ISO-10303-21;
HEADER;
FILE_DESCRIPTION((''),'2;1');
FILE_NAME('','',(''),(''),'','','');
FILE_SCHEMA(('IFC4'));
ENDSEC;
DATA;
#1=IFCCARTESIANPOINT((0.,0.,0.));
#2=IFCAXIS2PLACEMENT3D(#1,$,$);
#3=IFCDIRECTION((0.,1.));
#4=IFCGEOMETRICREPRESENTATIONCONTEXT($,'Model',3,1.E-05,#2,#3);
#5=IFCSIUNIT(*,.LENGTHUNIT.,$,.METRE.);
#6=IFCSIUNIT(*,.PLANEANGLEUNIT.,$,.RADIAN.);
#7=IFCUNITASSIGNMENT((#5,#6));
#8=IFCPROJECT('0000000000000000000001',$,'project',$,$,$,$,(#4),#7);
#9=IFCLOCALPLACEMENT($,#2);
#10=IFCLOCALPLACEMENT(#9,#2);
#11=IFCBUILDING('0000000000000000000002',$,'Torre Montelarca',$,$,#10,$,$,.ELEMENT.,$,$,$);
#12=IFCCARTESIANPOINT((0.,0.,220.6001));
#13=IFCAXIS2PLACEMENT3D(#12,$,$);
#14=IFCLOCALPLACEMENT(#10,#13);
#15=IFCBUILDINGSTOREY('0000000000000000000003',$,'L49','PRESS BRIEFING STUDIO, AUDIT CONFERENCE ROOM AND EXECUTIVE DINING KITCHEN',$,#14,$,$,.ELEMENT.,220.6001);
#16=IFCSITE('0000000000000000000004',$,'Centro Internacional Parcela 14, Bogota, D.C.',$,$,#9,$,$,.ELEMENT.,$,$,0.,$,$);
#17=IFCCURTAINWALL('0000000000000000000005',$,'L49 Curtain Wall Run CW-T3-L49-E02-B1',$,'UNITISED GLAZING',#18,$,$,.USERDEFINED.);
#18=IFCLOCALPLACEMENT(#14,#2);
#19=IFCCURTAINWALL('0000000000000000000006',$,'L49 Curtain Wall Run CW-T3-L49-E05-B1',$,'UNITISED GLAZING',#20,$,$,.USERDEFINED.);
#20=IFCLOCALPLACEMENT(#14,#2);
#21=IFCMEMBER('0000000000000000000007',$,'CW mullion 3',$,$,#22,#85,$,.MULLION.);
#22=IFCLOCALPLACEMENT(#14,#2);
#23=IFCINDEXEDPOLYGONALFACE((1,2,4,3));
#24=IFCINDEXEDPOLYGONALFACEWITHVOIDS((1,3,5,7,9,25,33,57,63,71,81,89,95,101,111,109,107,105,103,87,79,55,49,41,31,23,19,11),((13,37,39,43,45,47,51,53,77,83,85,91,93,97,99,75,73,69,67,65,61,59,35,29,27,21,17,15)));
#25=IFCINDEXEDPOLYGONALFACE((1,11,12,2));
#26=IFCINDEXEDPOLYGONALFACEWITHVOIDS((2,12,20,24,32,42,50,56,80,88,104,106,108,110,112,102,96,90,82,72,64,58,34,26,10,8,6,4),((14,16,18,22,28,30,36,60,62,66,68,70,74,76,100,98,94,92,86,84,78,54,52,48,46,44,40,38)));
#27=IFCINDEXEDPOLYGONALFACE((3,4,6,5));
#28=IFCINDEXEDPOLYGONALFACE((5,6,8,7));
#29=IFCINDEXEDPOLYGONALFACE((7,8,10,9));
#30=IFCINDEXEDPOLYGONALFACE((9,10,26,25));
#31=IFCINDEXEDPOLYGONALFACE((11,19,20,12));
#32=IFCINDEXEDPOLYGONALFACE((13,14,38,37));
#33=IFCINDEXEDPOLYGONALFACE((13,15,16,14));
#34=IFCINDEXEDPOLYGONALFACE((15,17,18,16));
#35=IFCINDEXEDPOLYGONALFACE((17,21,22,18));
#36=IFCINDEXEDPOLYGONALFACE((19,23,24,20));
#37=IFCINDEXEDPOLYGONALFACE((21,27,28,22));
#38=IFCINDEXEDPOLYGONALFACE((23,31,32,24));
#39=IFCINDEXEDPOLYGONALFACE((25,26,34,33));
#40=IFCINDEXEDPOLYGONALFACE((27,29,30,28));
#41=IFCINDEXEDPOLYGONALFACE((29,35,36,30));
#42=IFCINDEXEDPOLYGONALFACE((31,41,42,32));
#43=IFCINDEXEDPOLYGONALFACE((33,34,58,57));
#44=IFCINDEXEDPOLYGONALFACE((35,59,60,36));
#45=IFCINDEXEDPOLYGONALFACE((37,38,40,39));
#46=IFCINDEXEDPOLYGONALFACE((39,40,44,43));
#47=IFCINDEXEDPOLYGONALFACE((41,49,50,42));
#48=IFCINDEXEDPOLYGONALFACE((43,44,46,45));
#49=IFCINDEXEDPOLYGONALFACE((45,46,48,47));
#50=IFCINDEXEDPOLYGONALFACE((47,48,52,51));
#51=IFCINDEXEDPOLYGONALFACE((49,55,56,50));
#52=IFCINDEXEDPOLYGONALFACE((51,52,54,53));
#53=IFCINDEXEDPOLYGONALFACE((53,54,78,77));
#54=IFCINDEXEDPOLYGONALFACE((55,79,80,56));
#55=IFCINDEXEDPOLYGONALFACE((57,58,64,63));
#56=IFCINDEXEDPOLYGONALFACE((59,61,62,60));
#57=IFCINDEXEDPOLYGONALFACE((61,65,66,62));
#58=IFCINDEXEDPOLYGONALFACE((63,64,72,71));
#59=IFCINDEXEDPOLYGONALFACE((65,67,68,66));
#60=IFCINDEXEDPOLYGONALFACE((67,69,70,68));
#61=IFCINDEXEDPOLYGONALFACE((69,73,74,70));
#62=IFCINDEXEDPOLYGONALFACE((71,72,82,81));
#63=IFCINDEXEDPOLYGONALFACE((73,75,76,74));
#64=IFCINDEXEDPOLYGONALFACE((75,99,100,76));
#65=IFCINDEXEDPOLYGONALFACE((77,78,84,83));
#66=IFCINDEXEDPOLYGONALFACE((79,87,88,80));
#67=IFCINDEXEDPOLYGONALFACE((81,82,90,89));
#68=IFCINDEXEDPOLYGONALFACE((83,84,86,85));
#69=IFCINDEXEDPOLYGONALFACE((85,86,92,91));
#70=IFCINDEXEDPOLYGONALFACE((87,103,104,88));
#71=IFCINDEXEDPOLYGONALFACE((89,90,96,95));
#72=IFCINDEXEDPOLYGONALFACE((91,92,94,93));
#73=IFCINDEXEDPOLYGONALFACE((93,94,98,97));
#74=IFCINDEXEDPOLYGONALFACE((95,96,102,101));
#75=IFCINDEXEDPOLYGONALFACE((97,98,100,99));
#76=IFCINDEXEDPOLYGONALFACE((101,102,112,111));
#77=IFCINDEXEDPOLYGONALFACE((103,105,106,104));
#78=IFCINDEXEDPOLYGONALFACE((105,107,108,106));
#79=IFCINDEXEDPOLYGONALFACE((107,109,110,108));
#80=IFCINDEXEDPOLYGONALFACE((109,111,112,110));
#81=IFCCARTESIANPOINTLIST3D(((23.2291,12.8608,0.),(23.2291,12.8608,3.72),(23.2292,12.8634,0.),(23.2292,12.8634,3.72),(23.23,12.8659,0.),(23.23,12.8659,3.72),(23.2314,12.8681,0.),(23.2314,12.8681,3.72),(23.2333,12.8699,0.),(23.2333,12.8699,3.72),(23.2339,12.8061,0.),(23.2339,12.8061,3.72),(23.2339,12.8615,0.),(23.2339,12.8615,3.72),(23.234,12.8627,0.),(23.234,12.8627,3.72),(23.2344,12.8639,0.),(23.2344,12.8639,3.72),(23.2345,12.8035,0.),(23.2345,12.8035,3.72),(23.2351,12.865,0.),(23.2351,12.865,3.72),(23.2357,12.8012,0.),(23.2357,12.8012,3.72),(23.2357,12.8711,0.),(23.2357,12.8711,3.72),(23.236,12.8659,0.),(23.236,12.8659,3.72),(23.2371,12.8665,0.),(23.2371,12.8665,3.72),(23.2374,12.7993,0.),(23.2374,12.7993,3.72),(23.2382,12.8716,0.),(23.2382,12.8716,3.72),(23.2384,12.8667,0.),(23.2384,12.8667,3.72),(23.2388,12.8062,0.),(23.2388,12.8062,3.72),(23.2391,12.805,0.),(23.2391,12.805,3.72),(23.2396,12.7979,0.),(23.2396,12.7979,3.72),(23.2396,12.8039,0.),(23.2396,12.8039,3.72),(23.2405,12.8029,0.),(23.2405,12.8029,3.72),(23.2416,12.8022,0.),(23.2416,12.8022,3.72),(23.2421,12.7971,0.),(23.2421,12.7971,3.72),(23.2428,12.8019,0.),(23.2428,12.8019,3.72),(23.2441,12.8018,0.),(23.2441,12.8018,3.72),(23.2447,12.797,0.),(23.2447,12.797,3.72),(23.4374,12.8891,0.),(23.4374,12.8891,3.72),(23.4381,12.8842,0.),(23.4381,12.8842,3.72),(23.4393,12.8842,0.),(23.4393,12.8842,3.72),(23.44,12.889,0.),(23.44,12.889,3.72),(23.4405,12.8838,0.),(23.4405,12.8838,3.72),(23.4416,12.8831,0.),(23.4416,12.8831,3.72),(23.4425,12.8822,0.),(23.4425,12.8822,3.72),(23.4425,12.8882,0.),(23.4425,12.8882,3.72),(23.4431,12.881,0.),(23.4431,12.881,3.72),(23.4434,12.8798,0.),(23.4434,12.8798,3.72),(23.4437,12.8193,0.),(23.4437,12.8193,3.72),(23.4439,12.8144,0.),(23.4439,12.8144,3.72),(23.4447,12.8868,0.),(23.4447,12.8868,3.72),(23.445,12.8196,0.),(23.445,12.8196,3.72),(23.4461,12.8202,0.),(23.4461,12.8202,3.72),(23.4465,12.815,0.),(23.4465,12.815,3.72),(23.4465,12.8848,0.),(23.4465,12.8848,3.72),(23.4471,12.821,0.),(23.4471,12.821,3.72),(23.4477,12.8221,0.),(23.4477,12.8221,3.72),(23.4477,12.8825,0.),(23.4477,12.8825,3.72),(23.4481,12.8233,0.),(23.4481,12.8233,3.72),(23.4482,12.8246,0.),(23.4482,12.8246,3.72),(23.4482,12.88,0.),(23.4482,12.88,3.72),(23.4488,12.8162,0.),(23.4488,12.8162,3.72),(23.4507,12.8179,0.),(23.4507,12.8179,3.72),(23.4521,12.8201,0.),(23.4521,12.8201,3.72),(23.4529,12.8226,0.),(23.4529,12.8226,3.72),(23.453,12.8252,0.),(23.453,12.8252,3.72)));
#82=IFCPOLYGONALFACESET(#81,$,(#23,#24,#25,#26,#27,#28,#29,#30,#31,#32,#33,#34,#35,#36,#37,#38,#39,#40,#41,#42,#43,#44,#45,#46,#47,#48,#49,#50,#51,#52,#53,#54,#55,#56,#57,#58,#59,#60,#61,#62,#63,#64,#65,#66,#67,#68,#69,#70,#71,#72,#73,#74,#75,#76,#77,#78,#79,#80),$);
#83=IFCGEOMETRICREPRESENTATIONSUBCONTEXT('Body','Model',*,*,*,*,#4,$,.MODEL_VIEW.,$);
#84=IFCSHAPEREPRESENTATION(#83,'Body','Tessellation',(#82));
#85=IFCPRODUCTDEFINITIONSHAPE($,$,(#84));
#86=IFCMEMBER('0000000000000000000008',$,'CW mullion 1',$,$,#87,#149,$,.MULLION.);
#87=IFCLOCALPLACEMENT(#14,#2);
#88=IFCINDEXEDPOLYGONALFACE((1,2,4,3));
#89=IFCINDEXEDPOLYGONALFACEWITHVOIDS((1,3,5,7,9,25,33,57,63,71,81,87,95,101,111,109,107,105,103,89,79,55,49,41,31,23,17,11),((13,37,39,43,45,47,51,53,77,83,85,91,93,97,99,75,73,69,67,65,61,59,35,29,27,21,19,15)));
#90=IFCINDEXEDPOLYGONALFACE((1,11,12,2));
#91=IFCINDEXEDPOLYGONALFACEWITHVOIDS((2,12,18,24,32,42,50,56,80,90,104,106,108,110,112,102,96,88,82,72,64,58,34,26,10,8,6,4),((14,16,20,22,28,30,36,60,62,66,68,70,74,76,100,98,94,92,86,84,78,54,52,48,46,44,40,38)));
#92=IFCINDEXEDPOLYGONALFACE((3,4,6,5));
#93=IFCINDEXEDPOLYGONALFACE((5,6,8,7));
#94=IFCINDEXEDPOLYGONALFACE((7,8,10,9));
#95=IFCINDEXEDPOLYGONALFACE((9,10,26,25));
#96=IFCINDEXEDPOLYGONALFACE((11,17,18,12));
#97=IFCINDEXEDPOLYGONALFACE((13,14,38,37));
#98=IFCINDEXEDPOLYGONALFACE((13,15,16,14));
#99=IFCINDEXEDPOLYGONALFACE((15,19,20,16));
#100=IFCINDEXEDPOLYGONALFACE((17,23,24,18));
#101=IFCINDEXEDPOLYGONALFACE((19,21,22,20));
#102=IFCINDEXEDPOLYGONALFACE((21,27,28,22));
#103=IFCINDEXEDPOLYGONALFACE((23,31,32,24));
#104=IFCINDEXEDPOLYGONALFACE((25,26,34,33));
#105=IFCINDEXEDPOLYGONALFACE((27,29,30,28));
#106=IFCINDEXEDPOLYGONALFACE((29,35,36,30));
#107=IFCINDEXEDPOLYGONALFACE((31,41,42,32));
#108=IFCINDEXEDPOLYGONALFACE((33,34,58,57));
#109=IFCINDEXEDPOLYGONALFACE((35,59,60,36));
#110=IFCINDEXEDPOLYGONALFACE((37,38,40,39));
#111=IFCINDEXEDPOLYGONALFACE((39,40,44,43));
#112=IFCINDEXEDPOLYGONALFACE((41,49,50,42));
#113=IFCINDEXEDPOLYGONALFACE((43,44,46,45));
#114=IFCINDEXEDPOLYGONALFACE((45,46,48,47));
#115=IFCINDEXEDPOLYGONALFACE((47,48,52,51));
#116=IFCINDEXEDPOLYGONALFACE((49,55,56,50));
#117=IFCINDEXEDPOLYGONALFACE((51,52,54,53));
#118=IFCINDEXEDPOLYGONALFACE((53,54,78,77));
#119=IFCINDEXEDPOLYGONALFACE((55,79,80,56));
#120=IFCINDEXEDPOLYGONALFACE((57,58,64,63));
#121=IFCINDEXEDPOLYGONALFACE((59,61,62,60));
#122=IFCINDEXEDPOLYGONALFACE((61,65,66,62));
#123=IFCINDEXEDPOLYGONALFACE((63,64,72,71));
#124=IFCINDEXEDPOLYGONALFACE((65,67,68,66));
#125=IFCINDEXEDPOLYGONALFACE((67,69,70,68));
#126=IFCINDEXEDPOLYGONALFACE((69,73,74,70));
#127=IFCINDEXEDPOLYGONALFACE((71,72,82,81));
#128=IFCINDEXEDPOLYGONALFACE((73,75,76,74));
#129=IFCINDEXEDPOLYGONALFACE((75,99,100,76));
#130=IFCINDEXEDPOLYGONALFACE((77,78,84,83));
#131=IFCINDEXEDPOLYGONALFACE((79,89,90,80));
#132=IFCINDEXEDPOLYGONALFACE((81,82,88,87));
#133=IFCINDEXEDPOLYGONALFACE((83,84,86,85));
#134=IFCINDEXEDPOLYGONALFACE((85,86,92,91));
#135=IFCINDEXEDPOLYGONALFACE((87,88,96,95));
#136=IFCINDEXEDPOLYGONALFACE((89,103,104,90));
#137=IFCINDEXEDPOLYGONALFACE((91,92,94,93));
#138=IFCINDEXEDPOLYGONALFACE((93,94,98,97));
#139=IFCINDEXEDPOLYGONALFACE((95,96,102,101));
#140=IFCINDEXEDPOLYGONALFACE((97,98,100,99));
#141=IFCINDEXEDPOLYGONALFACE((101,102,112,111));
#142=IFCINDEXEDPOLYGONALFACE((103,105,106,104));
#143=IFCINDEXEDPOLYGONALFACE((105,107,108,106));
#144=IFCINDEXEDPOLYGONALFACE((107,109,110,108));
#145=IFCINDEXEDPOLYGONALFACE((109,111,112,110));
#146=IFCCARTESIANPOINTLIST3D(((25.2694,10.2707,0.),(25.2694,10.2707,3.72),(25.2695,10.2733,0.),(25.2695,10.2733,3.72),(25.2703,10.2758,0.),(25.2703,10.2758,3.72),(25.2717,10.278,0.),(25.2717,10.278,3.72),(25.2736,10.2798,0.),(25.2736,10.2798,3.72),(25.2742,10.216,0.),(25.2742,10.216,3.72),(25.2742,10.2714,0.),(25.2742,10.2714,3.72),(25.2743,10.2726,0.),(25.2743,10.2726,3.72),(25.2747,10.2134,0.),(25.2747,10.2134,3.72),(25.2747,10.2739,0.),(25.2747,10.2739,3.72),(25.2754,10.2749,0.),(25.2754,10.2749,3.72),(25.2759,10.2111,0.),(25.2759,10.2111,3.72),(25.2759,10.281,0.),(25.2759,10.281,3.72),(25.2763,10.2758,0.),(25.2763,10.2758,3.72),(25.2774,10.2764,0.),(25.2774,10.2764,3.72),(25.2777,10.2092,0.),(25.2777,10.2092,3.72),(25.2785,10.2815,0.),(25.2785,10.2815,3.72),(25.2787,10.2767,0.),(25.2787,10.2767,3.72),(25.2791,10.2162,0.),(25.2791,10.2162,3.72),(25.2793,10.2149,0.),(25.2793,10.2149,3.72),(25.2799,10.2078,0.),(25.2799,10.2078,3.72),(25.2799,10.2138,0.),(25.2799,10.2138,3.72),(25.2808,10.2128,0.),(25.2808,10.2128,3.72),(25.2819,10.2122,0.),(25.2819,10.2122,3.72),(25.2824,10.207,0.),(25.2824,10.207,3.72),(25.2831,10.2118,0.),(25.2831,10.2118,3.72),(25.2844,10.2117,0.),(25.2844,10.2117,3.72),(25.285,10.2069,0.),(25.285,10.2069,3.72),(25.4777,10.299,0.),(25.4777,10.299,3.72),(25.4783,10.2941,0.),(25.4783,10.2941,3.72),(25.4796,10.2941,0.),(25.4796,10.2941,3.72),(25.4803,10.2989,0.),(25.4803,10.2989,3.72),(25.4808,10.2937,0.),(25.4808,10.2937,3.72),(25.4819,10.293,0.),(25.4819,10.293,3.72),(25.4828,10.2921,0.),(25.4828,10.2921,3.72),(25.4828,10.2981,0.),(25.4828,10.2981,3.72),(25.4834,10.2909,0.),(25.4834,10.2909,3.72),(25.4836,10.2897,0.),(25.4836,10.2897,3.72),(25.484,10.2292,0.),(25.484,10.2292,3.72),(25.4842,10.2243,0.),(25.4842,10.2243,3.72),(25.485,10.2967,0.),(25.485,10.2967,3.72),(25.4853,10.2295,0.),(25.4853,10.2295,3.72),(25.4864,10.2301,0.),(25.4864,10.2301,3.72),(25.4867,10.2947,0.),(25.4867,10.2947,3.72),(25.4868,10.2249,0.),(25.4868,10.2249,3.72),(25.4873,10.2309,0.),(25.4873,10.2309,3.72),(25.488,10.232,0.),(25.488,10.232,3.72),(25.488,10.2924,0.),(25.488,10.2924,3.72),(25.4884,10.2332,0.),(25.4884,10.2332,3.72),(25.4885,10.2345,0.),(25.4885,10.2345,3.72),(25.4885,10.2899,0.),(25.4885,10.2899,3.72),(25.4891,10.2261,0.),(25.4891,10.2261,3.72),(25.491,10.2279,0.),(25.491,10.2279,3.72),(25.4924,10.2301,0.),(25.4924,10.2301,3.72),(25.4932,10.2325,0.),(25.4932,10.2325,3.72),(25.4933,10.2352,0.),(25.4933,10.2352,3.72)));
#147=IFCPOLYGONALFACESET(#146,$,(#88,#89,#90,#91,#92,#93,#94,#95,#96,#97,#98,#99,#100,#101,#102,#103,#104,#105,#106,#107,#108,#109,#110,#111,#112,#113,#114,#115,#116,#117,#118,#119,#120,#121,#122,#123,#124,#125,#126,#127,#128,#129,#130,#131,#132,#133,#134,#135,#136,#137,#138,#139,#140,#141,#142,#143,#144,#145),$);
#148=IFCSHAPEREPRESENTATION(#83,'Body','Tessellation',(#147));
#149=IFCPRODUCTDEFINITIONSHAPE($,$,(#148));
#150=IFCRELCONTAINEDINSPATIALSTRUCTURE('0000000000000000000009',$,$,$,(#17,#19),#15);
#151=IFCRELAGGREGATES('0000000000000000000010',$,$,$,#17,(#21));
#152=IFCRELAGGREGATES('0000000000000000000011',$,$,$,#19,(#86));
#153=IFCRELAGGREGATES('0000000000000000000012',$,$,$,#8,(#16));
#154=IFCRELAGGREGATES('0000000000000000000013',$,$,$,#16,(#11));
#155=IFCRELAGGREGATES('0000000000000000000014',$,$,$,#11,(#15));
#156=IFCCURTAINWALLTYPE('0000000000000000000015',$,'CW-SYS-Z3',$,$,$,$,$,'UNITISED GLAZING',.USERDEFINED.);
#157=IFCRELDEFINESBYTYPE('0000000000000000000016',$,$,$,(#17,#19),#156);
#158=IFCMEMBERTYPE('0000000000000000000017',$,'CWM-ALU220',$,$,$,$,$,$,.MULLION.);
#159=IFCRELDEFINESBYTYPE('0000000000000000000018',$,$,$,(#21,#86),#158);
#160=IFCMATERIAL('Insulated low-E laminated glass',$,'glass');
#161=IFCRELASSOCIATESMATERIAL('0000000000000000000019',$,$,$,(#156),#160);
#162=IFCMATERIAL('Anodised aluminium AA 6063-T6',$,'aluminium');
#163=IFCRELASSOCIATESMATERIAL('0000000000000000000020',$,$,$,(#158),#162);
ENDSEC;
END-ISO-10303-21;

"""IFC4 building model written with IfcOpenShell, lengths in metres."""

from ifc_helpers import new_model, si_unit, direction, frame, origin, origin_2d, place, context, subcontext, project, spatial, hollow_rectangle, extrude, source, transform, mapped, material, material_profile, profile_set, type_object, element, aggregate, save


model = new_model("IFC4")

# Units and contexts
model_context = context("Model", 3, precision=1e-05, world=origin(), true_north=direction((0.0, 1.0)))
body_context = subcontext(model_context, "Body", "Model", "MODEL_VIEW")
ifc_project = project(units=[si_unit("LENGTHUNIT", "METRE"), si_unit("PLANEANGLEUNIT", "RADIAN")], contexts=[model_context])

# Site, building, storey
site_placement = place(None, origin())
site = spatial("IfcSite", under=ifc_project, at=site_placement, Name="Centro Internacional Parcela 14, Bogota, D.C.", CompositionType="ELEMENT", RefElevation=0.0)
building_placement = place(site_placement, origin())
building = spatial("IfcBuilding", under=site, at=building_placement, Name="Torre Montelarca", CompositionType="ELEMENT")
storey_placement = place(building_placement, frame((0.0, 0.0, 220.6001)))
storey = spatial("IfcBuildingStorey", under=building, at=storey_placement, Name="L49", Description="PRESS BRIEFING STUDIO, AUDIT CONFERENCE ROOM AND EXECUTIVE DINING KITCHEN", CompositionType="ELEMENT", Elevation=220.6001)

# Curtain walls
ifc_material_1 = material(Name="Insulated low-E laminated glass", Category="glass")
curtain_wall_type = type_object("IfcCurtainWallType", Name="CW-SYS-Z3", ElementType="UNITISED GLAZING", PredefinedType="USERDEFINED", material=ifc_material_1)
curtain_wall_1_placement = place(storey_placement, origin())
curtain_wall_1 = element("IfcCurtainWall", 1, at=curtain_wall_1_placement, inside=storey, type_object=curtain_wall_type, Name="L49 Curtain Wall Run CW-T3-L49-E02-B1", ObjectType="UNITISED GLAZING", PredefinedType="USERDEFINED")
ifc_material_2 = material(Name="Anodised aluminium AA 6063-T6", Category="aluminium")
curtain_wall_2_placement = place(storey_placement, origin())
curtain_wall_2 = element("IfcCurtainWall", 2, at=curtain_wall_2_placement, inside=storey, type_object=curtain_wall_type, Name="L49 Curtain Wall Run CW-T3-L49-E05-B1", ObjectType="UNITISED GLAZING", PredefinedType="USERDEFINED")

# Members
ifc_material_profile_1 = material_profile(ifc_material_2, hollow_rectangle(XDim=0.075, YDim=0.22, WallThickness=0.0049, InnerFilletRadius=0.0049, OuterFilletRadius=0.01, at=origin_2d()), Name="ALU75X220X5", Category="aluminium")
ifc_profile_set_1 = profile_set([ifc_material_profile_1], Name="Anodised aluminium AA 6063-T6")
member_type_1 = type_object("IfcMemberType", Name="CWM-ALU220", PredefinedType="MULLION", material=ifc_profile_set_1)
shared_shape_1 = source(origin(), body_context, "Body", "SweptSolid", [
    extrude(hollow_rectangle(XDim=0.075, YDim=0.22, WallThickness=0.0049, InnerFilletRadius=0.0049, OuterFilletRadius=0.01, at=origin_2d()), origin(), (0.0, 0.0, 1.0), 3.72),
])
member_1_placement = place(storey_placement, frame((23.3411, 12.843, 0.0), z_axis=(0.0, 0.0, 1.0), x_axis=(-0.087189, 0.996192, 0.0)))
member_1 = element("IfcMember", 3, at=member_1_placement, type_object=member_type_1, Name="CW mullion 3", PredefinedType="MULLION", context=body_context, shape_type="MappedRepresentation", body=[
    mapped(shared_shape_1, transform((0.0, 0.0, 0.0), scale=1.0)),
])
member_2_placement = place(storey_placement, frame((25.3813, 10.2529, 0.0), z_axis=(0.0, 0.0, 1.0), x_axis=(-0.087181, 0.996192, 0.0)))
member_2 = element("IfcMember", 4, at=member_2_placement, type_object=member_type_1, Name="CW mullion 1", PredefinedType="MULLION", context=body_context, shape_type="MappedRepresentation", body=[
    mapped(shared_shape_1, transform((0.0, 0.0, 0.0), scale=1.0)),
])

aggregate(curtain_wall_1, [member_1])
aggregate(curtain_wall_2, [member_2])

save(model, "model.ifc")
